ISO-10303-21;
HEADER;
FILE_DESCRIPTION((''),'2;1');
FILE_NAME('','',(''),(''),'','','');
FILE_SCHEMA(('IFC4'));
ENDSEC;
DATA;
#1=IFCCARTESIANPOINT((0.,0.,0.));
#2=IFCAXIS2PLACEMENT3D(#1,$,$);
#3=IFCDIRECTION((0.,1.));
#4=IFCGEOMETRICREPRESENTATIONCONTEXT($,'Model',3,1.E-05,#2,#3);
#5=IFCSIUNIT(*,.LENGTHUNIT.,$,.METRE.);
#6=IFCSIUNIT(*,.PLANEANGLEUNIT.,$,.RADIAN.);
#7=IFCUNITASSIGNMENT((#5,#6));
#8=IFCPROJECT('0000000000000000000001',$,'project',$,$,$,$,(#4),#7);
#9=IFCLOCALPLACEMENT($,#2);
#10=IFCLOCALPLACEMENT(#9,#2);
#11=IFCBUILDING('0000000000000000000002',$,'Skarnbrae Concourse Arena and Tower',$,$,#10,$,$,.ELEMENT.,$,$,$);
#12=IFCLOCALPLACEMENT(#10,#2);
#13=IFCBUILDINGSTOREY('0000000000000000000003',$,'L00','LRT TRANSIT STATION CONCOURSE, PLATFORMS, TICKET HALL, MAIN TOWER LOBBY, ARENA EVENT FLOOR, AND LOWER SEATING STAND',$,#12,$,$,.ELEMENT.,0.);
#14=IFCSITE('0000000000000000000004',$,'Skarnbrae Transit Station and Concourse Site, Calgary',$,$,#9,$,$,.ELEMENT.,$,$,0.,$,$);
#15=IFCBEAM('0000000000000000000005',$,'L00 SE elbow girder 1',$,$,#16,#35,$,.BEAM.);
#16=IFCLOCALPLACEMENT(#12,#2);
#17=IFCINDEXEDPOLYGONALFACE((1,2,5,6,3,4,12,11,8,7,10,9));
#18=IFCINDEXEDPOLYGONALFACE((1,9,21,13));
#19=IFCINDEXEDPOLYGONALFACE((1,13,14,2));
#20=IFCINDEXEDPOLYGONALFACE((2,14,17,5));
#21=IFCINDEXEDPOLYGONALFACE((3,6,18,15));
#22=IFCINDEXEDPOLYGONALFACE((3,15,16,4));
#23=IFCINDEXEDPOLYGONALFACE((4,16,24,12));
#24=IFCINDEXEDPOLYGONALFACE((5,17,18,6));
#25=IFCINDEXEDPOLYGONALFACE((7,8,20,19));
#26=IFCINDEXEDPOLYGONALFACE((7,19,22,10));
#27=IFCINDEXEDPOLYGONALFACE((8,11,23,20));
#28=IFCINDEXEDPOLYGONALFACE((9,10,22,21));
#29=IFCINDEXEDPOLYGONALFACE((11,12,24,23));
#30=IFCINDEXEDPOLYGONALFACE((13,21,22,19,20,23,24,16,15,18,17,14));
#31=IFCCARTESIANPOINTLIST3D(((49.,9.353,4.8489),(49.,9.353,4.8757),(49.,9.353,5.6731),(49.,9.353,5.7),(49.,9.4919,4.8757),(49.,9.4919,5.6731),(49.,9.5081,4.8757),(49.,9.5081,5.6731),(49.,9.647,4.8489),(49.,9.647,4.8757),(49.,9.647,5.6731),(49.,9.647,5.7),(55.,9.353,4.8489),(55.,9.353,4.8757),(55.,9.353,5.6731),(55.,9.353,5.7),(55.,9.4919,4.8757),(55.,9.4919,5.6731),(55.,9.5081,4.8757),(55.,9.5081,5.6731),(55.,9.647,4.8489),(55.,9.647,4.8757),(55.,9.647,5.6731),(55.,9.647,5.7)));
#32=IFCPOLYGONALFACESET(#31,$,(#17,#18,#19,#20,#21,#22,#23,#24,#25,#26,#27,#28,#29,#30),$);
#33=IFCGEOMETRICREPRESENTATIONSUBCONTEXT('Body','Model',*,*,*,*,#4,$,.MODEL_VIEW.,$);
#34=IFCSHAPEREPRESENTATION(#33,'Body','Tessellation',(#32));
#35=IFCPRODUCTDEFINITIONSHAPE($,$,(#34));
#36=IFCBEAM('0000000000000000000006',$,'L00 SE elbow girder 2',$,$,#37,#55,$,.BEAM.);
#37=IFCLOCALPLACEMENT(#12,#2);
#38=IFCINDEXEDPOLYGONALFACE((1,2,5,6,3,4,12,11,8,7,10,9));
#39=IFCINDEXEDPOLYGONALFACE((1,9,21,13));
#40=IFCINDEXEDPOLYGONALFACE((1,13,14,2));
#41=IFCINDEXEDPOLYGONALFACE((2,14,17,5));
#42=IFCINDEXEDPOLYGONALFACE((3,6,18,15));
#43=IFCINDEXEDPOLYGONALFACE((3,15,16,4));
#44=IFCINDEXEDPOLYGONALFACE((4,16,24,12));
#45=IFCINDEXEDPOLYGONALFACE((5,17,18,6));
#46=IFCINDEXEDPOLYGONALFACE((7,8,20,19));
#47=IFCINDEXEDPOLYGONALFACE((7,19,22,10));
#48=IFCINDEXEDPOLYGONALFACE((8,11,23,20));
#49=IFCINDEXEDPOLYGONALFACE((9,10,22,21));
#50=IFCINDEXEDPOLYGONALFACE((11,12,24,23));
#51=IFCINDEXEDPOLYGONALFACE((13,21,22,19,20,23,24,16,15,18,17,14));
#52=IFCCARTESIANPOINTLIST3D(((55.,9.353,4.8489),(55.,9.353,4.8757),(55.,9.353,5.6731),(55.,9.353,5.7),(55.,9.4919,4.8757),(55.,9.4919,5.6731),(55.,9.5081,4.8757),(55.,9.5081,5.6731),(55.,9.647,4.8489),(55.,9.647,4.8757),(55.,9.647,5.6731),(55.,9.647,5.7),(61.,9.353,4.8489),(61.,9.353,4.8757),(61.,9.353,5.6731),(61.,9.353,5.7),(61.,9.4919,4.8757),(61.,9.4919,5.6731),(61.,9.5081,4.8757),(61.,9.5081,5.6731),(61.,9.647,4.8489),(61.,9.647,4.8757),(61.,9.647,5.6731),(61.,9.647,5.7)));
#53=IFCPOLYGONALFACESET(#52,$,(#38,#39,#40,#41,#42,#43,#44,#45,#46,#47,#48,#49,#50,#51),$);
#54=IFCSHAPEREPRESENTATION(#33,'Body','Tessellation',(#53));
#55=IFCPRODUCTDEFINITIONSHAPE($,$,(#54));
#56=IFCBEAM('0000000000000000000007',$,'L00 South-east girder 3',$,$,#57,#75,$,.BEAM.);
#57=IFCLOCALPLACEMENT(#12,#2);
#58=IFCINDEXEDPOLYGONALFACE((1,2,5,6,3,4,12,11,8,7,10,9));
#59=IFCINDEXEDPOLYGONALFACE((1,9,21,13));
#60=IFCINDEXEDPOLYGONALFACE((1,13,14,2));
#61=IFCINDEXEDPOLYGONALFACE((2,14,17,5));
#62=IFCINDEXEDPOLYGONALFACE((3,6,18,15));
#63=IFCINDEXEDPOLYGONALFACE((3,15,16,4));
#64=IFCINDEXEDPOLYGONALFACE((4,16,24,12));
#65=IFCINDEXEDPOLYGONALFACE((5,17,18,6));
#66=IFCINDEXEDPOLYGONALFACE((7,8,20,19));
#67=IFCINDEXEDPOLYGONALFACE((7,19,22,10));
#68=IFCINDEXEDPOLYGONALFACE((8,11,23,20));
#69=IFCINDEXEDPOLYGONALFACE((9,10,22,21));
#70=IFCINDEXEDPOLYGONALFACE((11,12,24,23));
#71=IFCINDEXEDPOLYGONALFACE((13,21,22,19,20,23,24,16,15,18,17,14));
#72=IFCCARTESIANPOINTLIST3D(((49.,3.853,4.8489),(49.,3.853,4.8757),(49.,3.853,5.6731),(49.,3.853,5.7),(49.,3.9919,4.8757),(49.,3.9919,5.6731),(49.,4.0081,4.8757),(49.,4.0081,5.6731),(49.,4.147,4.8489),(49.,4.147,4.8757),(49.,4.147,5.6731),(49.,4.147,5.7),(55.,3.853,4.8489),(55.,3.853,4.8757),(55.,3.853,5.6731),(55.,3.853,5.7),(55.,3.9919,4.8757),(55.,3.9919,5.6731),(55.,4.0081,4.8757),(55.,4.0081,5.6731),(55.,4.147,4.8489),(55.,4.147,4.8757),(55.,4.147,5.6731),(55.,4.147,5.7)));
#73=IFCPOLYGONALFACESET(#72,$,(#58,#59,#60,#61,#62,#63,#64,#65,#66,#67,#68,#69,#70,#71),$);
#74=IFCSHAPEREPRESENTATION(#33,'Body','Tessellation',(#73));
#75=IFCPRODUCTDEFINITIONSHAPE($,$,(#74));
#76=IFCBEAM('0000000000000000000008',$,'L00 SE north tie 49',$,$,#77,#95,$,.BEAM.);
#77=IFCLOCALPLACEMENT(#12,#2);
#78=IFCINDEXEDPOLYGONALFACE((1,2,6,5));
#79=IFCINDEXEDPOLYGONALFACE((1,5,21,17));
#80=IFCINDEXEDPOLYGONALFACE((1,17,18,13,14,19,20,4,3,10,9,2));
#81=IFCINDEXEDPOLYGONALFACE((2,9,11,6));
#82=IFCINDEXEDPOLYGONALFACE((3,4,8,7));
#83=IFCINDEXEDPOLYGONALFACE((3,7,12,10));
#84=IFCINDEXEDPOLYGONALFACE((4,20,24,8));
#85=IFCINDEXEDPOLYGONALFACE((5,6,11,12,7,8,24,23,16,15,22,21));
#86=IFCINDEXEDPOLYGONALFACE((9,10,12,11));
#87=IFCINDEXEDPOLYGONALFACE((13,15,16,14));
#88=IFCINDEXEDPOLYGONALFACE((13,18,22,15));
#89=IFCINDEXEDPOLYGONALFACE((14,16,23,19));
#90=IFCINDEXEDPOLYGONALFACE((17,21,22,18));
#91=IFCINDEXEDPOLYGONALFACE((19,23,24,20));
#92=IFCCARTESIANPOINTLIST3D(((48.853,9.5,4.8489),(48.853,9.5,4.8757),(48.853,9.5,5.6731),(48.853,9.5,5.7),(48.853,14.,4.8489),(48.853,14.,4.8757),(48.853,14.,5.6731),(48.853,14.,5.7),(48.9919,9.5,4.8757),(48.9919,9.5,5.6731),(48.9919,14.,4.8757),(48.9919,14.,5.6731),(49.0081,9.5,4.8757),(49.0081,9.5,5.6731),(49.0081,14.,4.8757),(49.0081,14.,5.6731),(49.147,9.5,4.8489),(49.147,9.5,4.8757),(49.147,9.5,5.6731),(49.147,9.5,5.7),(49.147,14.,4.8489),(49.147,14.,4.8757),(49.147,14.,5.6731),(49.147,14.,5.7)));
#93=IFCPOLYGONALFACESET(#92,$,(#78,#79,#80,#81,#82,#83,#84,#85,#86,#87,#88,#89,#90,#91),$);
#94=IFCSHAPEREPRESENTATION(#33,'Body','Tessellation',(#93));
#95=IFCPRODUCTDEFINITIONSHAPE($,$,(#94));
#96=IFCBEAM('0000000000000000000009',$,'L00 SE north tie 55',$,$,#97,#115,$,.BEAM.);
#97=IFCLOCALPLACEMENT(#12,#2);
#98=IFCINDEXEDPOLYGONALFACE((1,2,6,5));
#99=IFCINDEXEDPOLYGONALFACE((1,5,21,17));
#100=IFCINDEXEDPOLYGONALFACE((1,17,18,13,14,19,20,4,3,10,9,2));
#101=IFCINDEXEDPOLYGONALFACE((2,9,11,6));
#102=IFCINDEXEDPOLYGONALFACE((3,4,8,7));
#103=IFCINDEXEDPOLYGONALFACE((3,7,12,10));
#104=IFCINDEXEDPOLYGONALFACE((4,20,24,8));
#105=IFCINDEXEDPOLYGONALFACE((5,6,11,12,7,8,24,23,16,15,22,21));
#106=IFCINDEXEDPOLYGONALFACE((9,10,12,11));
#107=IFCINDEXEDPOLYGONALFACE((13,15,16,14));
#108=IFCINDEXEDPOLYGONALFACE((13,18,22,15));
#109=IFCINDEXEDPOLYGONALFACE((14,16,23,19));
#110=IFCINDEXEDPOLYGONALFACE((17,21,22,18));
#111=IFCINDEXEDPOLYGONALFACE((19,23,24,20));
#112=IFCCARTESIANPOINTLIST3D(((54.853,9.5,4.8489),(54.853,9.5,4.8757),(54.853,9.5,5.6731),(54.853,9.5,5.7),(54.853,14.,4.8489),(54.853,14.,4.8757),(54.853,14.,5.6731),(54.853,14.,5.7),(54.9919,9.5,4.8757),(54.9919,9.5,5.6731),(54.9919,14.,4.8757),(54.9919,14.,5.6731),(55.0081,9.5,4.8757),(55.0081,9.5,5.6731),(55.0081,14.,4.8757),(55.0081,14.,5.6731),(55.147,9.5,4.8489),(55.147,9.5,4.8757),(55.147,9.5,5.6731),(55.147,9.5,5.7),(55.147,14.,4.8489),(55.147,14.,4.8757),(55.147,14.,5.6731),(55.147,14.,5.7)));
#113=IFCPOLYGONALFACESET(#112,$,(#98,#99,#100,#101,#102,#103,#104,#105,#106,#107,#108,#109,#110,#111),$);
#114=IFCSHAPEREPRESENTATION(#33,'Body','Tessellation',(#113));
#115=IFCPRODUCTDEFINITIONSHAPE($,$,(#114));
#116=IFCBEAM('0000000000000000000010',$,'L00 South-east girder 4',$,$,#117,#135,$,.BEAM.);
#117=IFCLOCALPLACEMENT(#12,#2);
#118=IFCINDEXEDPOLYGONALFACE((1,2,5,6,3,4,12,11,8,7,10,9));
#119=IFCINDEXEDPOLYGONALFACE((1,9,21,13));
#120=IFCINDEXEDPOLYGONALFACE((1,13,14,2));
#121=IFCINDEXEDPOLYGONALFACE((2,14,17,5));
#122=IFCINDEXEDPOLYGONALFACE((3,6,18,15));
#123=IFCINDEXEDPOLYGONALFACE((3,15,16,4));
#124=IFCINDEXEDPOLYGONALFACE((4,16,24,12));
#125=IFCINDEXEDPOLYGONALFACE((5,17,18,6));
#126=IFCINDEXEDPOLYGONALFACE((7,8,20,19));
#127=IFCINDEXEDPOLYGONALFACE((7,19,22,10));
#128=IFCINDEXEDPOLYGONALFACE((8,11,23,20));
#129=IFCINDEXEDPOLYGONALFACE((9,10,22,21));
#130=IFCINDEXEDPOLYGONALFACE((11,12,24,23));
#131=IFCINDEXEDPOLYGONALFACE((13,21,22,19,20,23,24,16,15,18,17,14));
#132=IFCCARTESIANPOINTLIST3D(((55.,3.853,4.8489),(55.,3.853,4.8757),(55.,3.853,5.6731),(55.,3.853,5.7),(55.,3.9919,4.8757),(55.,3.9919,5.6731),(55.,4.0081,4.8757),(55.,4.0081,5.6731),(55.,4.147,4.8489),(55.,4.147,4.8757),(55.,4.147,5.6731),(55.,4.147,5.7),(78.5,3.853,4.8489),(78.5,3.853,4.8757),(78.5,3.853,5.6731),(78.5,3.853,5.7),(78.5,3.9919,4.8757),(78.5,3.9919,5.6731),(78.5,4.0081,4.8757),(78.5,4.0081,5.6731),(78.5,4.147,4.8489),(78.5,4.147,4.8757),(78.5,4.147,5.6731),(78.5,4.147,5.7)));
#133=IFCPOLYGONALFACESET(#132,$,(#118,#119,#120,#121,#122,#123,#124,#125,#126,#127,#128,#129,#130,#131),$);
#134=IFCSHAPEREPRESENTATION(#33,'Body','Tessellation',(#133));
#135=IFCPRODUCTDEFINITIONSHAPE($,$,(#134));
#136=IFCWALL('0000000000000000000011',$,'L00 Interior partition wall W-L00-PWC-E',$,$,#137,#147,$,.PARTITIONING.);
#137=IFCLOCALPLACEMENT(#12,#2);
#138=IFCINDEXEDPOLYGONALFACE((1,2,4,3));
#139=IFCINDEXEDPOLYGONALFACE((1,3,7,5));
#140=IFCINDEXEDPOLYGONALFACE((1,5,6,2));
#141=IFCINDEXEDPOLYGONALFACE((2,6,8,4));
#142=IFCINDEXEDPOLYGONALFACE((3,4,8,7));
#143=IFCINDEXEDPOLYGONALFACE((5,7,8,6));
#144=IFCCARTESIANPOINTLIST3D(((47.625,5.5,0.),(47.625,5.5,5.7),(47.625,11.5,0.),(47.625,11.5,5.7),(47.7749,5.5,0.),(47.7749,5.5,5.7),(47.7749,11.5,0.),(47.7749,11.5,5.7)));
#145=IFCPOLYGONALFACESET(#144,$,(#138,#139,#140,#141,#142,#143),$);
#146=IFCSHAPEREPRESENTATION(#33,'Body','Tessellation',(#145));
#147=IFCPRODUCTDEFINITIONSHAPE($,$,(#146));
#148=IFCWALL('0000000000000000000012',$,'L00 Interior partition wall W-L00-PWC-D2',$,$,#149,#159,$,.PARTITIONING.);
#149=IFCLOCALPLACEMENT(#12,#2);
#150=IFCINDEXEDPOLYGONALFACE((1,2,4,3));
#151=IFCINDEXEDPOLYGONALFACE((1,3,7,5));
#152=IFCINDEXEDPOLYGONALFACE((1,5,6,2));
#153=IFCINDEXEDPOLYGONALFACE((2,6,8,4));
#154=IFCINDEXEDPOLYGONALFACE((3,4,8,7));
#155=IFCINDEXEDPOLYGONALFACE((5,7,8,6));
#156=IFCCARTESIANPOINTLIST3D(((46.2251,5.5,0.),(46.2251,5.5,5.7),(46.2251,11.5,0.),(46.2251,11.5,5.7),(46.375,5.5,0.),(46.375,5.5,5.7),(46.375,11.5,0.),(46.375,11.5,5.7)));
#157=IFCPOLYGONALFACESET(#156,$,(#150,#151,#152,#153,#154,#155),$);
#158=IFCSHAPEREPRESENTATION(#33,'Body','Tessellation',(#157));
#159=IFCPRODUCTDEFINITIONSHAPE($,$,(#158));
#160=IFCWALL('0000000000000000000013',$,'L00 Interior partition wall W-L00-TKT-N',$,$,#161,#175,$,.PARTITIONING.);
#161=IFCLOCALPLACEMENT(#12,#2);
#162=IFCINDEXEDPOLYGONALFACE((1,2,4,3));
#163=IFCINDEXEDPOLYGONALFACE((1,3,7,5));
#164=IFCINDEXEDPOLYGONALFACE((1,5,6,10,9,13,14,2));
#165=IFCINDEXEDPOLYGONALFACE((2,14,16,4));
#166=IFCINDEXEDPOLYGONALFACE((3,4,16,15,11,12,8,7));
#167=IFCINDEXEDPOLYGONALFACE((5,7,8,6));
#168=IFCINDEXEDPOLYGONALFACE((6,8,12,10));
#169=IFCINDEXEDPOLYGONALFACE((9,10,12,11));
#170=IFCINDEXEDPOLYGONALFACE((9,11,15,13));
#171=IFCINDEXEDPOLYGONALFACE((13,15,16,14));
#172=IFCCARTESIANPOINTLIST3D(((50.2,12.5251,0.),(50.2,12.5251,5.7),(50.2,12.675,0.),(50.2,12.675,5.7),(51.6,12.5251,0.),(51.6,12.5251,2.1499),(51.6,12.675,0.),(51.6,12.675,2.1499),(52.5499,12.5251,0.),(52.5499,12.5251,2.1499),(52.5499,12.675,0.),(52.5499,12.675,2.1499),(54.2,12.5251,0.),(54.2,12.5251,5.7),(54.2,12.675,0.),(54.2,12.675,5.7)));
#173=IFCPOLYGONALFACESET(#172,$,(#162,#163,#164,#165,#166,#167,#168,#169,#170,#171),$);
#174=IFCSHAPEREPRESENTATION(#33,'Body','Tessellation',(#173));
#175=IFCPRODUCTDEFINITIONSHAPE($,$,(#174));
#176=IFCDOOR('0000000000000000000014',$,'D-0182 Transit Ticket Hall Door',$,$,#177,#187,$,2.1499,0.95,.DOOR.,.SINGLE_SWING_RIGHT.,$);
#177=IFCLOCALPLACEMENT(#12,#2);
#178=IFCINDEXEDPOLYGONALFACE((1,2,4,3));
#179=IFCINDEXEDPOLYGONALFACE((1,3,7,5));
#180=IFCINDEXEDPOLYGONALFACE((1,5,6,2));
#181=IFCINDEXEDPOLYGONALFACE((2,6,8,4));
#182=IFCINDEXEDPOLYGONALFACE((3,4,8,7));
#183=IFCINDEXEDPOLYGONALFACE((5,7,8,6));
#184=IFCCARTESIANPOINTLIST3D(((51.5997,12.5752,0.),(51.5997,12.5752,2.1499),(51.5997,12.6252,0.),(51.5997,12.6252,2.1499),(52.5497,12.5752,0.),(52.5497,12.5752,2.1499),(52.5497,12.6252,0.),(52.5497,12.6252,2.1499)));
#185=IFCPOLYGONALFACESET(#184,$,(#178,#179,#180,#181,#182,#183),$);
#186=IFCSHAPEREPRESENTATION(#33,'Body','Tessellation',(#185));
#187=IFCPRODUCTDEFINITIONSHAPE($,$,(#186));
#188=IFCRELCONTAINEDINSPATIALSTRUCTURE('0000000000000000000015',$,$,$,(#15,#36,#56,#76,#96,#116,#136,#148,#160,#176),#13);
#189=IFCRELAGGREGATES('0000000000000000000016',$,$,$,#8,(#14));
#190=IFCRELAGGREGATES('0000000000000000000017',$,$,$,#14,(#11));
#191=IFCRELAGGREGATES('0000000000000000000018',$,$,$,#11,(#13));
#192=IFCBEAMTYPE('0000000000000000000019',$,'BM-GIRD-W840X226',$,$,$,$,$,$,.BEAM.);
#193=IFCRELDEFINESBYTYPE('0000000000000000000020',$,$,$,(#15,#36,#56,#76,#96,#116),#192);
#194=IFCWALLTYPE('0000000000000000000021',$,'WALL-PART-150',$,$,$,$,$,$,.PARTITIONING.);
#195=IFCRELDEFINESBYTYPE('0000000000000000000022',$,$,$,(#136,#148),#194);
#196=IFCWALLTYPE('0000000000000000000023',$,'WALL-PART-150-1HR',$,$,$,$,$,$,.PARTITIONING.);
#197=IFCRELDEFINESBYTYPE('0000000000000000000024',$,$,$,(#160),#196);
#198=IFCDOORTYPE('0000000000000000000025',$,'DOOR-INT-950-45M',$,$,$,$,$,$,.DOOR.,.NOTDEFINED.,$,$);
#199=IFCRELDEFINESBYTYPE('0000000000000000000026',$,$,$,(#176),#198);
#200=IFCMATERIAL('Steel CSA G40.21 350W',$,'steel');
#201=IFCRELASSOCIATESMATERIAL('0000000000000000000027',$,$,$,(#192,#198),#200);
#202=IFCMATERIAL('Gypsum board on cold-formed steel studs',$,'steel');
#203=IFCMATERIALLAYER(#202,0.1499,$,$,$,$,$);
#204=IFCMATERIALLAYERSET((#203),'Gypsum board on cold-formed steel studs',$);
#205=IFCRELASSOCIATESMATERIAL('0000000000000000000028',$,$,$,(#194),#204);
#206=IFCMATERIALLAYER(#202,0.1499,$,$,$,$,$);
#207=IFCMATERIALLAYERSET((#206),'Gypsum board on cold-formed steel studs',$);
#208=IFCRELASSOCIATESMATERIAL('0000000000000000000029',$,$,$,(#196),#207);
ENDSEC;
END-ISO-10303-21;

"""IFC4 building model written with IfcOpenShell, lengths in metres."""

from ifc_helpers import new_model, si_unit, direction, frame, frame_2d, origin, origin_2d, place, context, subcontext, project, spatial, rectangle, i_section, extrude, source, transform, mapped, material, layer, layer_set, material_profile, profile_set, type_object, element, fill, save


model = new_model("IFC4")

# Units and contexts
model_context = context("Model", 3, precision=1e-05, world=origin(), true_north=direction((0.0, 1.0)))
body_context = subcontext(model_context, "Body", "Model", "MODEL_VIEW")
ifc_project = project(units=[si_unit("LENGTHUNIT", "METRE"), si_unit("PLANEANGLEUNIT", "RADIAN")], contexts=[model_context])

# Site, building, storey
site_placement = place(None, origin())
site = spatial("IfcSite", under=ifc_project, at=site_placement, Name="Skarnbrae Transit Station and Concourse Site, Calgary", CompositionType="ELEMENT", RefElevation=0.0)
building_placement = place(site_placement, origin())
building = spatial("IfcBuilding", under=site, at=building_placement, Name="Skarnbrae Concourse Arena and Tower", CompositionType="ELEMENT")
storey_placement = place(building_placement, origin())
storey = spatial("IfcBuildingStorey", under=building, at=storey_placement, Name="L00", Description="LRT TRANSIT STATION CONCOURSE, PLATFORMS, TICKET HALL, MAIN TOWER LOBBY, ARENA EVENT FLOOR, AND LOWER SEATING STAND", CompositionType="ELEMENT", Elevation=0.0)

# Shared definitions
ifc_material_1 = material(Name="Steel CSA G40.21 350W", Category="steel")

# Beams
ifc_material_profile_1 = material_profile(ifc_material_1, i_section(OverallWidth=0.2939, OverallDepth=0.8511, WebThickness=0.0161, FlangeThickness=0.0269, at=origin_2d()), Name="W840X226")
ifc_profile_set_1 = profile_set([ifc_material_profile_1], Name="Steel CSA G40.21 350W")
beam_type = type_object("IfcBeamType", Name="BM-GIRD-W840X226", PredefinedType="BEAM", material=ifc_profile_set_1)
shared_shape_1 = source(origin(), body_context, "Body", "SweptSolid", [
    extrude(i_section(OverallWidth=0.2939, OverallDepth=0.8511, WebThickness=0.0161, FlangeThickness=0.0269, at=origin_2d()), origin(), (0.0, 0.0, 1.0), 6.0),
])
for number, where, z_axis, x_axis, name in (
    (1, (49.0, 9.5, 5.2744), (1.0, 0.0, 0.0), (0.0, 1.0, 0.0), "L00 SE elbow girder 1"),
    (2, (55.0, 9.5, 5.2744), (1.0, 0.0, 0.0), (0.0, 1.0, 0.0), "L00 SE elbow girder 2"),
    (3, (49.0, 4.0, 5.2744), (1.0, 0.0, 0.0), (0.0, 1.0, 0.0), "L00 South-east girder 3"),
):
    element("IfcBeam", number, at=place(storey_placement, frame(where, z_axis=z_axis, x_axis=x_axis)), inside=storey, type_object=beam_type, Name=name, PredefinedType="BEAM", context=body_context, shape_type="MappedRepresentation", body=[
        mapped(shared_shape_1, transform((0.0, 0.0, 0.0))),
    ])
shared_shape_2 = source(origin(), body_context, "Body", "SweptSolid", [
    extrude(i_section(OverallWidth=0.2939, OverallDepth=0.8511, WebThickness=0.0161, FlangeThickness=0.0269, at=origin_2d()), origin(), (0.0, 0.0, 1.0), 4.5),
])
for number, where, z_axis, x_axis, name in (
    (4, (49.0, 9.5, 5.2744), (0.0, 1.0, 0.0), (-1.0, 0.0, 0.0), "L00 SE north tie 49"),
    (5, (55.0, 9.5, 5.2744), (0.0, 1.0, 0.0), (-1.0, 0.0, 0.0), "L00 SE north tie 55"),
):
    element("IfcBeam", number, at=place(storey_placement, frame(where, z_axis=z_axis, x_axis=x_axis)), inside=storey, type_object=beam_type, Name=name, PredefinedType="BEAM", context=body_context, shape_type="MappedRepresentation", body=[
        mapped(shared_shape_2, transform((0.0, 0.0, 0.0))),
    ])
shared_shape_3 = source(origin(), body_context, "Body", "SweptSolid", [
    extrude(i_section(OverallWidth=0.2939, OverallDepth=0.8511, WebThickness=0.0161, FlangeThickness=0.0269, at=origin_2d()), origin(), (0.0, 0.0, 1.0), 23.5),
])
beam_placement = place(storey_placement, frame((55.0, 4.0, 5.2744), z_axis=(1.0, 0.0, 0.0), x_axis=(0.0, 1.0, 0.0)))
element("IfcBeam", 6, at=beam_placement, inside=storey, type_object=beam_type, Name="L00 South-east girder 4", PredefinedType="BEAM", context=body_context, shape_type="MappedRepresentation", body=[
    mapped(shared_shape_3, transform((0.0, 0.0, 0.0))),
])

# Walls
ifc_material_2 = material(Name="Gypsum board on cold-formed steel studs", Category="steel")
ifc_layer_1 = layer(ifc_material_2, 0.1499)
ifc_layer_set_1 = layer_set([ifc_layer_1], Name="Gypsum board on cold-formed steel studs")
wall_type_1 = type_object("IfcWallType", Name="WALL-PART-150", PredefinedType="PARTITIONING", material=ifc_layer_set_1)
shared_shape_4 = source(origin(), body_context, "Body", "SweptSolid", [
    extrude(rectangle(XDim=6.0, YDim=0.1499, at=frame_2d((3.0, 0.0))), origin(), (0.0, 0.0, 1.0), 5.7),
])
for number, where, z_axis, x_axis, name in (
    (7, (47.7, 5.5, 0.0), (0.0, 0.0, 1.0), (0.0, 1.0, 0.0), "L00 Interior partition wall W-L00-PWC-E"),
    (8, (46.3, 5.5, 0.0), (0.0, 0.0, 1.0), (0.0, 1.0, 0.0), "L00 Interior partition wall W-L00-PWC-D2"),
):
    element("IfcWall", number, at=place(storey_placement, frame(where, z_axis=z_axis, x_axis=x_axis)), inside=storey, type_object=wall_type_1, Name=name, PredefinedType="PARTITIONING", context=body_context, shape_type="MappedRepresentation", body=[
        mapped(shared_shape_4, transform((0.0, 0.0, 0.0))),
    ])

# Wall, opening, door
ifc_layer_2 = layer(ifc_material_2, 0.1499)
ifc_layer_set_2 = layer_set([ifc_layer_2], Name="Gypsum board on cold-formed steel studs")
wall_type_2 = type_object("IfcWallType", Name="WALL-PART-150-1HR", PredefinedType="PARTITIONING", material=ifc_layer_set_2)
shared_shape_5 = source(origin(), body_context, "Body", "SweptSolid", [
    extrude(rectangle(XDim=4.0, YDim=0.1499, at=frame_2d((2.0, 0.0))), origin(), (0.0, 0.0, 1.0), 5.7),
])
wall_1_placement = place(storey_placement, frame((50.2, 12.6001, 0.0), z_axis=(0.0, 0.0, 1.0), x_axis=(1.0, 0.0, 0.0)))
wall_1 = element("IfcWall", 9, at=wall_1_placement, inside=storey, type_object=wall_type_2, Name="L00 Interior partition wall W-L00-TKT-N", PredefinedType="PARTITIONING", context=body_context, shape_type="MappedRepresentation", body=[
    mapped(shared_shape_5, transform((0.0, 0.0, 0.0))),
])
opening_1_placement = place(wall_1_placement, frame((1.3999, 0.0, 0.0)))
opening_1 = element("IfcOpeningElement", 10, at=opening_1_placement, cuts=wall_1, PredefinedType="OPENING", context=body_context, shape_type="SweptSolid", body=[
    extrude(rectangle(XDim=0.95, YDim=2.1499, at=frame_2d((0.4751, 1.075))), frame((0.0, 0.085, 0.0), z_axis=(0.0, -1.0, 0.0), x_axis=(1.0, 0.0, 0.0)), (0.0, 0.0, 1.0), 0.1699),
])
door_type_1 = type_object("IfcDoorType", Name="DOOR-INT-950-45M", OperationType="NOTDEFINED", PredefinedType="DOOR", material=ifc_material_1)
shared_shape_6 = source(origin(), body_context, "Body", "SweptSolid", [
    extrude(rectangle(XDim=0.95, YDim=2.1499, at=frame_2d((0.4751, 1.075))), frame((0.0, 0.0249, 0.0), z_axis=(0.0, -1.0, 0.0), x_axis=(1.0, 0.0, 0.0)), (0.0, 0.0, 1.0), 0.05),
])
door_1_placement = place(opening_1_placement, frame((0.95, 0.0, 0.0), z_axis=(0.0, 0.0, 1.0), x_axis=(-1.0, 0.0, 0.0)))
door_1 = element("IfcDoor", 11, at=door_1_placement, inside=storey, type_object=door_type_1, Name="D-0182 Transit Ticket Hall Door", OperationType="SINGLE_SWING_RIGHT", OverallHeight=2.1499, OverallWidth=0.95, PredefinedType="DOOR", context=body_context, shape_type="MappedRepresentation", body=[
    mapped(shared_shape_6, transform((0.0, 0.0, 0.0))),
])
fill(opening_1, door_1)

save(model, "model.ifc")
